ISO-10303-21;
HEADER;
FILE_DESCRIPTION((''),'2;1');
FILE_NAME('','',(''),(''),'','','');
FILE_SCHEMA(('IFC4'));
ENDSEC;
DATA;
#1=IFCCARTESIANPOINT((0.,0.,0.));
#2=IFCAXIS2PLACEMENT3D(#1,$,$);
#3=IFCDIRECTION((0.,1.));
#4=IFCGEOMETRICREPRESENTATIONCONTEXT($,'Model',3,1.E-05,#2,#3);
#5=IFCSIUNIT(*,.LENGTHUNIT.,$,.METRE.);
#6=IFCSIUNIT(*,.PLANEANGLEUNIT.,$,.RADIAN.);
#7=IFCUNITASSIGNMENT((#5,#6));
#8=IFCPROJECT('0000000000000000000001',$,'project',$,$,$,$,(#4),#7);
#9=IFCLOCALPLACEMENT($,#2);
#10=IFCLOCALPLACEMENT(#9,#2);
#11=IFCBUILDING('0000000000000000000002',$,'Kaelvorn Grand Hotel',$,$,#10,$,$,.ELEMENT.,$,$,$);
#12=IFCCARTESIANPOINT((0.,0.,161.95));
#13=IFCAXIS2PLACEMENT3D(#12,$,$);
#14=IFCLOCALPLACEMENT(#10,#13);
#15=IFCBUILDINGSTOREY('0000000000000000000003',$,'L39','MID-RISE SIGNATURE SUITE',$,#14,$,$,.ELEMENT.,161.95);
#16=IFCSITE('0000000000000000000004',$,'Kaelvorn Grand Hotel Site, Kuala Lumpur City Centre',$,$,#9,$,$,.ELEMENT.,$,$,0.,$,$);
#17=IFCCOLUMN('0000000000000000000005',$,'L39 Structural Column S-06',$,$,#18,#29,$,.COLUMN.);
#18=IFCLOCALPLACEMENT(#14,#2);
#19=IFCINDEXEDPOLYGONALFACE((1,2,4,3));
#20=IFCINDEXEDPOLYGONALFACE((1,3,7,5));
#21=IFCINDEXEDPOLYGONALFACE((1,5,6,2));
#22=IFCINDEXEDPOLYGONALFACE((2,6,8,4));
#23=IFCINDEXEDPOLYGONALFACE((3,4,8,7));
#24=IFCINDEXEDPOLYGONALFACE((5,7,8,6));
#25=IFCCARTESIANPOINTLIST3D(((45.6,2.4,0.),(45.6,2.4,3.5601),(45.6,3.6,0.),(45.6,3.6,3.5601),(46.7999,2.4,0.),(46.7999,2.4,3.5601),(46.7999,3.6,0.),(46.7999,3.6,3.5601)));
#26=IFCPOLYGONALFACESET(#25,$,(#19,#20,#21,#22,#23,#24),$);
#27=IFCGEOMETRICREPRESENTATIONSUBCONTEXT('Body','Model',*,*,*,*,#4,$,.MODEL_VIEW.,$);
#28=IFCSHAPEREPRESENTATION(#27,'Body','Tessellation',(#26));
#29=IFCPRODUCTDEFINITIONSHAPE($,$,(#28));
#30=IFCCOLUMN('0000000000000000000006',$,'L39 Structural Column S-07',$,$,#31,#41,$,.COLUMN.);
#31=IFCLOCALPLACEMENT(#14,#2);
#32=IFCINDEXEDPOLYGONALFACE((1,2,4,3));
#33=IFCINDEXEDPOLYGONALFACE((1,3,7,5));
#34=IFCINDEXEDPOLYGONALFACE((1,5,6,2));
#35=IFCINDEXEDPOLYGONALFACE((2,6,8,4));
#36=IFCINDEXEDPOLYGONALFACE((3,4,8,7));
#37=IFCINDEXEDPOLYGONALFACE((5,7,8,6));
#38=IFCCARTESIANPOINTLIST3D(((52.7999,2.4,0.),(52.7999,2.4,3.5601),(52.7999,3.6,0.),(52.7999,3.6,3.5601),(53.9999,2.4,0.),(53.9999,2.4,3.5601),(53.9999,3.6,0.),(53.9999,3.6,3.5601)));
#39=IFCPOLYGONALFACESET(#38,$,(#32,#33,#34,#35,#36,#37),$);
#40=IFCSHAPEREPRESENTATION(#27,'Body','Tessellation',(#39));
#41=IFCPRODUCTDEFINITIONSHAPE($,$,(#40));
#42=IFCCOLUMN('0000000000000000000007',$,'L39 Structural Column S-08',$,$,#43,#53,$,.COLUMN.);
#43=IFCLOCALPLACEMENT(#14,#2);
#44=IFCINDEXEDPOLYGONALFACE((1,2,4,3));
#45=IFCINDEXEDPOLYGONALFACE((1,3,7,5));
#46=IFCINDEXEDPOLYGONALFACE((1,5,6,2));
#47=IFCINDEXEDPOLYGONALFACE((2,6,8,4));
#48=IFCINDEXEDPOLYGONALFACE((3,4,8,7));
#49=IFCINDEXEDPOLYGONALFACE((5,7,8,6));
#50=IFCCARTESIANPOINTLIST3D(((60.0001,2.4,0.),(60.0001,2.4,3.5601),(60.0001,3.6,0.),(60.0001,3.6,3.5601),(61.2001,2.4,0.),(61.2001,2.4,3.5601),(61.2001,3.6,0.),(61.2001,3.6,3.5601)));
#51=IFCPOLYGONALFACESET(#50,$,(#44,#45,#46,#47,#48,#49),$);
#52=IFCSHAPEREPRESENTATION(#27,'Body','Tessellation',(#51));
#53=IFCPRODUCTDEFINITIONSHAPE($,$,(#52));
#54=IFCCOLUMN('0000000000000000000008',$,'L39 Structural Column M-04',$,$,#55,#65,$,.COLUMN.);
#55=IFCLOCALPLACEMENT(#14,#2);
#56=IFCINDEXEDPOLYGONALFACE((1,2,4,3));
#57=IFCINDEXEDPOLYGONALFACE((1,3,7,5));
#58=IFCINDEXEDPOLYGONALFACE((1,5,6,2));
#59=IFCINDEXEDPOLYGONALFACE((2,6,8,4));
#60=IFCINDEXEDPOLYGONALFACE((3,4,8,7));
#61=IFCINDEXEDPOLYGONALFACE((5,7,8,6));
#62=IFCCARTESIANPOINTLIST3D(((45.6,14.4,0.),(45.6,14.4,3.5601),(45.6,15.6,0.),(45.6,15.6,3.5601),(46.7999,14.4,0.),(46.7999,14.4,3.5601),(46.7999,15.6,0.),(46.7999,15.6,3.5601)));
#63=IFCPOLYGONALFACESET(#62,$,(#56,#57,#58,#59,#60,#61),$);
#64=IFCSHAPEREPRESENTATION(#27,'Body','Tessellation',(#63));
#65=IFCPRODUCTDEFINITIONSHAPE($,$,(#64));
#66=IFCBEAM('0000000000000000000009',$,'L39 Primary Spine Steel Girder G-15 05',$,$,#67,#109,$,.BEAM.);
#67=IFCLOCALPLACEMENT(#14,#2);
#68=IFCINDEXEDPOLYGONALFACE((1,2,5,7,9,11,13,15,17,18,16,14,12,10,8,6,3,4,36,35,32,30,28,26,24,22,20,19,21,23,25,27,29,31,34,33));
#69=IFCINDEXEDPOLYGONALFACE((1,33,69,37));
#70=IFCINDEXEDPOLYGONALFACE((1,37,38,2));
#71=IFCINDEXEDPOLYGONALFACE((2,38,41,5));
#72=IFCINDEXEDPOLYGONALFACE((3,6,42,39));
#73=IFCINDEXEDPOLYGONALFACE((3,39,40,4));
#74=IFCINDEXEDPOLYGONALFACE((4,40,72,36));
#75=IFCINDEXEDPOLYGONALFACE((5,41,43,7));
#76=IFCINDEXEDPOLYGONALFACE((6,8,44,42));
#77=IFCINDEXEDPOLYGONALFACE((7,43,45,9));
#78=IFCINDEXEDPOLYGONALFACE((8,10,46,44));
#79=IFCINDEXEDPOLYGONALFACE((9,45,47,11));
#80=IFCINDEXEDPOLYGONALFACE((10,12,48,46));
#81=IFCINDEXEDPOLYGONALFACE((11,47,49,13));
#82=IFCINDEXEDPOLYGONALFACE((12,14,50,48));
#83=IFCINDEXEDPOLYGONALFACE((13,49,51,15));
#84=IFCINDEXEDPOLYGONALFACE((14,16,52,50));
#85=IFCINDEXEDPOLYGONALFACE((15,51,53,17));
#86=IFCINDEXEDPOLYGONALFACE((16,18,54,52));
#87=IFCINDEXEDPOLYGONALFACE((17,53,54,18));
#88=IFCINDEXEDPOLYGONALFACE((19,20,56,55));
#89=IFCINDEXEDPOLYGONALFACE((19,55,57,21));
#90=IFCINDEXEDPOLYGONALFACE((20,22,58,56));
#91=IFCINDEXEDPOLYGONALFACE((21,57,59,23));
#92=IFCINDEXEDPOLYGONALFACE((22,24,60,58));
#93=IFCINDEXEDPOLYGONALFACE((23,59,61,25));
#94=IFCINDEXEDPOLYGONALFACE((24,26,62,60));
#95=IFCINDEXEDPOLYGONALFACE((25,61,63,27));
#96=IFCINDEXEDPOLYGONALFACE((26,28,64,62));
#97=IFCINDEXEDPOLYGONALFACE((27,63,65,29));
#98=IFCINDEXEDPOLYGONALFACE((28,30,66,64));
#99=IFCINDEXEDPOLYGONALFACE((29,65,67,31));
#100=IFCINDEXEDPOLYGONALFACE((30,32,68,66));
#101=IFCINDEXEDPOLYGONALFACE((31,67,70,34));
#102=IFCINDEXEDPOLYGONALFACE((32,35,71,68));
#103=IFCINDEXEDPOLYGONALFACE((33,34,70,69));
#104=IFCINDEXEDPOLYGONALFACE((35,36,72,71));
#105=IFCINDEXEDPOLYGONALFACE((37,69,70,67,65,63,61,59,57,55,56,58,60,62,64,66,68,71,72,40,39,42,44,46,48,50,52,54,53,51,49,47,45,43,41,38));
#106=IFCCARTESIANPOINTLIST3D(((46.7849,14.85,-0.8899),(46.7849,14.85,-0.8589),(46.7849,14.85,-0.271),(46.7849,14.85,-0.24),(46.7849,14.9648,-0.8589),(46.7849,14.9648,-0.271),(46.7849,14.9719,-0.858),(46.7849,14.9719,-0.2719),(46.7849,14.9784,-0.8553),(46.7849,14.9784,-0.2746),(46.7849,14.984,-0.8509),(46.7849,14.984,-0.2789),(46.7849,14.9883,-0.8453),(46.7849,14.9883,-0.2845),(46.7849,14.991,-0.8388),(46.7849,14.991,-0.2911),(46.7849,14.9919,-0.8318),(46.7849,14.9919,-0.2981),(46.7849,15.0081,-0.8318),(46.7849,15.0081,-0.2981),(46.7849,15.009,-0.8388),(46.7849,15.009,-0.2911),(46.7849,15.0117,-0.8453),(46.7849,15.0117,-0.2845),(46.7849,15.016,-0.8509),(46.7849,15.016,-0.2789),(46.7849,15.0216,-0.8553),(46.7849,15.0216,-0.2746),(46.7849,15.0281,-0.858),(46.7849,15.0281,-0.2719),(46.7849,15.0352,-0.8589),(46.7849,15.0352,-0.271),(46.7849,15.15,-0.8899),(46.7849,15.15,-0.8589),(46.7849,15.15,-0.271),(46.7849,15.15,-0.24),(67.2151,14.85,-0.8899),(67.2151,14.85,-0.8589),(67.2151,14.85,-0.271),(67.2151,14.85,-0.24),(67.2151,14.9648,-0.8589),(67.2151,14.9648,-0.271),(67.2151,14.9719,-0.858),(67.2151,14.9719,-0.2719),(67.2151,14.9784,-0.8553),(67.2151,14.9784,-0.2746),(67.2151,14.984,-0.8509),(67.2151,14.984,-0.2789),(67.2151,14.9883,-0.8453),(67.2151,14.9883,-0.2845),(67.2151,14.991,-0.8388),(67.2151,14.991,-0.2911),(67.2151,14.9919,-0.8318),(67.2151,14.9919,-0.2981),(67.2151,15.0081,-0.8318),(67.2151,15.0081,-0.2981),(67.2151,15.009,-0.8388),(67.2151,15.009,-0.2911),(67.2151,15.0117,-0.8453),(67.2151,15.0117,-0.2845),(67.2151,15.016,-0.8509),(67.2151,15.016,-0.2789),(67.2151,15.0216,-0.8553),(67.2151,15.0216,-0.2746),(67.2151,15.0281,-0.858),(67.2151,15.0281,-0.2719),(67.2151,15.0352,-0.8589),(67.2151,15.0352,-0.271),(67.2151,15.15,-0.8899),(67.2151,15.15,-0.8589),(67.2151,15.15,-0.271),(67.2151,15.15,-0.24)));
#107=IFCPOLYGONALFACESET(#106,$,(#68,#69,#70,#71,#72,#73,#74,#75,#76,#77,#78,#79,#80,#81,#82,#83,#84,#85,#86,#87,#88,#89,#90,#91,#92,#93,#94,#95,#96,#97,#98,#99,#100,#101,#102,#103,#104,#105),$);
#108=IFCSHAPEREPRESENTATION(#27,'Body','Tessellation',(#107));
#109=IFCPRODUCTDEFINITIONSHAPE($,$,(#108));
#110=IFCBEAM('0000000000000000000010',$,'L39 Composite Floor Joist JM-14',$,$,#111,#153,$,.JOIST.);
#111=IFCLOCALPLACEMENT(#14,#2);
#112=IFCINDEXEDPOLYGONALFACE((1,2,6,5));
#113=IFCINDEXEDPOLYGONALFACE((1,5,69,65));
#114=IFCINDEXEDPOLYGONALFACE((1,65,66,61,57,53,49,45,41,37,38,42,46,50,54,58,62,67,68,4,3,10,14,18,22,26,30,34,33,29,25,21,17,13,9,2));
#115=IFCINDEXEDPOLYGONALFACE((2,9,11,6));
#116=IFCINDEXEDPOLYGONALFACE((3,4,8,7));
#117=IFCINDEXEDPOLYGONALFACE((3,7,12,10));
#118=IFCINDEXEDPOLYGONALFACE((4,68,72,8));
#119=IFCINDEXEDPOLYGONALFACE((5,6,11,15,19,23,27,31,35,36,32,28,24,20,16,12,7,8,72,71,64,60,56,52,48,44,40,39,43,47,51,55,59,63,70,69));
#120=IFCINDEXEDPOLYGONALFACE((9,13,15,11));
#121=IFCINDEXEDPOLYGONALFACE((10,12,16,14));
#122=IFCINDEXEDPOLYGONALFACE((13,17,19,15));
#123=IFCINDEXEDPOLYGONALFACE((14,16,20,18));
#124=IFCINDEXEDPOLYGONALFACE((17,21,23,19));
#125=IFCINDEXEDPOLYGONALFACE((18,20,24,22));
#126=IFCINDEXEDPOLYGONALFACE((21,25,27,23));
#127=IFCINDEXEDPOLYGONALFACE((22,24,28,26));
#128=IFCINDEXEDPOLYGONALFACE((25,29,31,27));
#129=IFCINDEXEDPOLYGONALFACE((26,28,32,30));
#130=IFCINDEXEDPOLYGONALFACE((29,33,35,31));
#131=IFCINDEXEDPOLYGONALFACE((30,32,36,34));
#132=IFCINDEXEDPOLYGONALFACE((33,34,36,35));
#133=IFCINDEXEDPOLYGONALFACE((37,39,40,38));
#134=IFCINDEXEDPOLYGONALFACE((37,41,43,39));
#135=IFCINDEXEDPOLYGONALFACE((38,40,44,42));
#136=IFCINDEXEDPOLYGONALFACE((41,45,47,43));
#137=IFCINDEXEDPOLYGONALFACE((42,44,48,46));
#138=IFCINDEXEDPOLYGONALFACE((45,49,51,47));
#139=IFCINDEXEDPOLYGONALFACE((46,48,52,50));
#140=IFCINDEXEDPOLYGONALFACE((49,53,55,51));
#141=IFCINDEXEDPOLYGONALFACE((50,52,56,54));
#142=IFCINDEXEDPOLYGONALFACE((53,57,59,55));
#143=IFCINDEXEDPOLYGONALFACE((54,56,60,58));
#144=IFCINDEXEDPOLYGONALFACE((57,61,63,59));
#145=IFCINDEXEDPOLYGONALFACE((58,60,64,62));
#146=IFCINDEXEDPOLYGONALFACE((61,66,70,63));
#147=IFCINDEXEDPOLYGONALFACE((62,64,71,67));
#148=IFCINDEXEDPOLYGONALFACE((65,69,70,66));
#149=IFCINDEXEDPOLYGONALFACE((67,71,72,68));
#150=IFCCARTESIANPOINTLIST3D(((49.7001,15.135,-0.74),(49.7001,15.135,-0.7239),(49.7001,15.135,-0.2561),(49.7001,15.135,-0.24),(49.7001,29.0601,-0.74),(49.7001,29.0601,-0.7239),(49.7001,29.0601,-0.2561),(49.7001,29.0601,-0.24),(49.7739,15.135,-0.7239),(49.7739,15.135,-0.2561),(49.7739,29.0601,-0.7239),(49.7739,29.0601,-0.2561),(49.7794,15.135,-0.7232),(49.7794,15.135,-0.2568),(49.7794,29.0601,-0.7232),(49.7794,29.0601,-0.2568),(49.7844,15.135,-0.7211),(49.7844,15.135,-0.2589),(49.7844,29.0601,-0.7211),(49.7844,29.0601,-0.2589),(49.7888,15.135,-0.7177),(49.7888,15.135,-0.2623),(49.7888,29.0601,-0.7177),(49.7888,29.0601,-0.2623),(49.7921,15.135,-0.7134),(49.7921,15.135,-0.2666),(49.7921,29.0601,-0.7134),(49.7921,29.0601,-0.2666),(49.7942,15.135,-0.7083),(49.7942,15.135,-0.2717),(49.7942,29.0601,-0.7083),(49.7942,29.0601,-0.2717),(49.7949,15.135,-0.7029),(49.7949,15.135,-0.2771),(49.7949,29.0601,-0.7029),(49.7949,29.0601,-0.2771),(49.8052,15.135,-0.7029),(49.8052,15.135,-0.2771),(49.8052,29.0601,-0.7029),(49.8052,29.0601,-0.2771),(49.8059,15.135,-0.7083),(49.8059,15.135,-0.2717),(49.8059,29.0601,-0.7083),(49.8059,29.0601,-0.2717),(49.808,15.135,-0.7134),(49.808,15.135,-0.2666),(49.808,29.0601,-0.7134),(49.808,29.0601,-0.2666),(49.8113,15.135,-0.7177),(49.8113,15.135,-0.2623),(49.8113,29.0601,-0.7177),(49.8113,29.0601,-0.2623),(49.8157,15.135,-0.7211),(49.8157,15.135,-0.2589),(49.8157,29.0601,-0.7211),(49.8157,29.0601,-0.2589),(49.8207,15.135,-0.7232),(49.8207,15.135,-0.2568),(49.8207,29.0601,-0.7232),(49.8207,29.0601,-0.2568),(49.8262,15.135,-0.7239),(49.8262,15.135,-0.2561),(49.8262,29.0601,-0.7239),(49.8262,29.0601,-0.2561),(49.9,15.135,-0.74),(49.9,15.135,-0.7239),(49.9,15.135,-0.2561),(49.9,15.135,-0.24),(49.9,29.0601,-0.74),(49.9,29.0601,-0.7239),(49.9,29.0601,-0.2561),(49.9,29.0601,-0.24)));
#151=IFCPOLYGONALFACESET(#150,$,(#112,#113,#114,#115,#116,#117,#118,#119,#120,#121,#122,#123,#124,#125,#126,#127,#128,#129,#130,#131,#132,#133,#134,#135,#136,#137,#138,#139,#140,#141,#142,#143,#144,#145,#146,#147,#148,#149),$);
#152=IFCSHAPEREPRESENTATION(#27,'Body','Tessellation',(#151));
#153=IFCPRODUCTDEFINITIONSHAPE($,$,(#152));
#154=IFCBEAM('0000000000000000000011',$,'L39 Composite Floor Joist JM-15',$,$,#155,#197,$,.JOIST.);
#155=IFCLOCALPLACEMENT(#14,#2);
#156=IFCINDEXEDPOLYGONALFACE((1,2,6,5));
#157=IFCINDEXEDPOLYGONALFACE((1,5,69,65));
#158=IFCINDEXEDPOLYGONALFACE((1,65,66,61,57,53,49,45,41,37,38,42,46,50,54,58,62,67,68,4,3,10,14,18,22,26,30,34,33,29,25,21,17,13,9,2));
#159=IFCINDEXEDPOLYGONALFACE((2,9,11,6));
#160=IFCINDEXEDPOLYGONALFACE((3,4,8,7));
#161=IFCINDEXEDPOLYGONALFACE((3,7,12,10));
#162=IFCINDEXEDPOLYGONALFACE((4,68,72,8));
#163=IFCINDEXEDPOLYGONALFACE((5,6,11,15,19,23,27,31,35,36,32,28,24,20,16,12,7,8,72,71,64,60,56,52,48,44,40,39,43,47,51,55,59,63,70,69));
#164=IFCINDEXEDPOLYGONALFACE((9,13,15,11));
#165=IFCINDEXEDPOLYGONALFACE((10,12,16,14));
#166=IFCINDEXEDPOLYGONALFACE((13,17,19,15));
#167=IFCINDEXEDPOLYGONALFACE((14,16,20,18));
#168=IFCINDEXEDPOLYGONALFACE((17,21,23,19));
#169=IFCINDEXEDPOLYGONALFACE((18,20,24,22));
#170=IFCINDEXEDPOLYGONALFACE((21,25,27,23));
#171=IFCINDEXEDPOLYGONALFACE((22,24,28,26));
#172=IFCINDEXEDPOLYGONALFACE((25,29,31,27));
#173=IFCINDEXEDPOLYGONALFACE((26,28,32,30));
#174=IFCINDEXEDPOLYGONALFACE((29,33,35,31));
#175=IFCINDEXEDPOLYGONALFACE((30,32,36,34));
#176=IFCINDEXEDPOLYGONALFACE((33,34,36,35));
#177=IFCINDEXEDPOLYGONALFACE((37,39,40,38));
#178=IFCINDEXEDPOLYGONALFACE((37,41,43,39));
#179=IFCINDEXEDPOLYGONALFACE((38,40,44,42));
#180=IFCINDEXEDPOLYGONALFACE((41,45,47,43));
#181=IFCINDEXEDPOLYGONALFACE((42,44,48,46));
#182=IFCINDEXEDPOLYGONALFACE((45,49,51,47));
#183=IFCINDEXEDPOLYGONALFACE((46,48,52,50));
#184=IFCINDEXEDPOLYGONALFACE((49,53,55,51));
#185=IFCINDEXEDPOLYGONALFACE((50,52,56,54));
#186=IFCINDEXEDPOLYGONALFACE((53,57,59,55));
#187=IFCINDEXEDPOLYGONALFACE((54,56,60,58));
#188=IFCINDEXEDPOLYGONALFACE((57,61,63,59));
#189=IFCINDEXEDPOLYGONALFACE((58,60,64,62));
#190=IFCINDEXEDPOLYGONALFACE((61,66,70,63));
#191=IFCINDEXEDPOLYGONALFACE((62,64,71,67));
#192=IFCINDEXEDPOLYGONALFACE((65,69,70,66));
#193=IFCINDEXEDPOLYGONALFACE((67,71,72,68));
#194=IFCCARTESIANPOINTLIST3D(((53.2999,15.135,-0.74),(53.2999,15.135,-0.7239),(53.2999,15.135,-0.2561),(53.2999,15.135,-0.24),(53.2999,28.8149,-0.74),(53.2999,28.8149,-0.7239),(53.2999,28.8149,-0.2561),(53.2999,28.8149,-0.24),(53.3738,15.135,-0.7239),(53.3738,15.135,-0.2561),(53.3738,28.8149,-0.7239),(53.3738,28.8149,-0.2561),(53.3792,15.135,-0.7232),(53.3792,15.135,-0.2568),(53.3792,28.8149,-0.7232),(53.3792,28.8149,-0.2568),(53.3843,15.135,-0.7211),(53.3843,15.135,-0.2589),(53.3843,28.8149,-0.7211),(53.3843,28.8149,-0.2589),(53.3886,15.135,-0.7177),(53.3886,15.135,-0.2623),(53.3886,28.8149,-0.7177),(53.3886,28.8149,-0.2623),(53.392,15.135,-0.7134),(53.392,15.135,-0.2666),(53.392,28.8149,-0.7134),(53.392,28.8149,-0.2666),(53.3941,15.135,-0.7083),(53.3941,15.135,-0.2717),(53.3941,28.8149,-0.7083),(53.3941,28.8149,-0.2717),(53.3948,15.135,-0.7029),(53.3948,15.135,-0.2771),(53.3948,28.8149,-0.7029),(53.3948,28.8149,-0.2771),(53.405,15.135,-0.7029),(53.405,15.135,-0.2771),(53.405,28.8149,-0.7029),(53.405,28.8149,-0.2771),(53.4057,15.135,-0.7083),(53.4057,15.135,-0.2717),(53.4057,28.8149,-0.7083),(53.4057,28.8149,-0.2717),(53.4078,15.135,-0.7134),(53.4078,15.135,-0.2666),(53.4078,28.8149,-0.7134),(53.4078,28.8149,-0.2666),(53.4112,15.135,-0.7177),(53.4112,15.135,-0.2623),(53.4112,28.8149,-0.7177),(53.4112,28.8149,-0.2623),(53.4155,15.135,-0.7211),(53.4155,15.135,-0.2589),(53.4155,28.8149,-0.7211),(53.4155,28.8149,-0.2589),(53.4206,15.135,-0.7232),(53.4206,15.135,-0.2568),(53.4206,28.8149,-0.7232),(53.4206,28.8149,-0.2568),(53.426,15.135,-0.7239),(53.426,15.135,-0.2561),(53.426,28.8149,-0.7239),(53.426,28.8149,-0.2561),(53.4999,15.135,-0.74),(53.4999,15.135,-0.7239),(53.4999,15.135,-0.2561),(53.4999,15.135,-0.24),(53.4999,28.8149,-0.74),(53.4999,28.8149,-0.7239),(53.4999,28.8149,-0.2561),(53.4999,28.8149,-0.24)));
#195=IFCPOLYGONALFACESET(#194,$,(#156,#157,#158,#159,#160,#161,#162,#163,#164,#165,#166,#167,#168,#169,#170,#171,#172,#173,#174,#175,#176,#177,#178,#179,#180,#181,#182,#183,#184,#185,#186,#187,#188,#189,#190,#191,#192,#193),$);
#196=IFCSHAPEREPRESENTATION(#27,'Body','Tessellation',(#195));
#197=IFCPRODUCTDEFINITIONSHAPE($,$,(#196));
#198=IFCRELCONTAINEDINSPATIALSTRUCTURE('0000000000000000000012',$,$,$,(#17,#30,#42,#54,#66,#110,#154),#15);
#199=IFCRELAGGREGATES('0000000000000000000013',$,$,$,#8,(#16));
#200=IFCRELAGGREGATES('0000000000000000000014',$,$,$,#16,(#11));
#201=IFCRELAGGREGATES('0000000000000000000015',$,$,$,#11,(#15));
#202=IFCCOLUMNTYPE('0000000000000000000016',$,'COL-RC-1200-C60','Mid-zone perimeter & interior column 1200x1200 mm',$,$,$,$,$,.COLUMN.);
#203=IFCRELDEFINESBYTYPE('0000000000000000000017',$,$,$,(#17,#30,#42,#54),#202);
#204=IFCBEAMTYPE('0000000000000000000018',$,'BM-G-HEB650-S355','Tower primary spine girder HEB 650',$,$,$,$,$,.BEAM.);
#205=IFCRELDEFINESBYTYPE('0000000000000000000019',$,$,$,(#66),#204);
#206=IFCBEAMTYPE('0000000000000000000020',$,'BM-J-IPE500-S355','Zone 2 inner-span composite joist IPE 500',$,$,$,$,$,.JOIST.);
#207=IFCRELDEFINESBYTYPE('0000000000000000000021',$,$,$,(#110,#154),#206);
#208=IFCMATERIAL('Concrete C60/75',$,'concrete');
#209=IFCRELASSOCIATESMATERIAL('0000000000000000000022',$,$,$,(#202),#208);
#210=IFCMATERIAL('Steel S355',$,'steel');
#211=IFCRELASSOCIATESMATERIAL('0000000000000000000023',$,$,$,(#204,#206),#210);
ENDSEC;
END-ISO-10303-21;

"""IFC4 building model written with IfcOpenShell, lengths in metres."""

from ifc_helpers import new_model, si_unit, direction, frame, origin, origin_2d, place, context, subcontext, project, spatial, rectangle, i_section, extrude, material, material_profile, profile_set, type_object, element, save


model = new_model("IFC4")

# Units and contexts
model_context = context("Model", 3, precision=1e-05, world=origin(), true_north=direction((0.0, 1.0)))
body_context = subcontext(model_context, "Body", "Model", "MODEL_VIEW")
ifc_project = project(units=[si_unit("LENGTHUNIT", "METRE"), si_unit("PLANEANGLEUNIT", "RADIAN")], contexts=[model_context])

# Site, building, storey
site_placement = place(None, origin())
site = spatial("IfcSite", under=ifc_project, at=site_placement, Name="Kaelvorn Grand Hotel Site, Kuala Lumpur City Centre", CompositionType="ELEMENT", RefElevation=0.0)
building_placement = place(site_placement, origin())
building = spatial("IfcBuilding", under=site, at=building_placement, Name="Kaelvorn Grand Hotel", CompositionType="ELEMENT")
storey_placement = place(building_placement, frame((0.0, 0.0, 161.95)))
storey = spatial("IfcBuildingStorey", under=building, at=storey_placement, Name="L39", Description="MID-RISE SIGNATURE SUITE", CompositionType="ELEMENT", Elevation=161.95)

# Columns
ifc_material_1 = material(Name="Concrete C60/75", Category="concrete")
ifc_material_profile_1 = material_profile(ifc_material_1, rectangle(XDim=1.2, YDim=1.2, at=origin_2d()), Name="RC COL 1200x1200")
ifc_profile_set_1 = profile_set([ifc_material_profile_1], Name="Concrete C60/75")
column_type = type_object("IfcColumnType", Name="COL-RC-1200-C60", Description="Mid-zone perimeter & interior column 1200x1200 mm", PredefinedType="COLUMN", material=ifc_profile_set_1)
for number, where, z_axis, x_axis, name in (
    (1, (46.2, 3.0, 0.0), (0.0, 0.0, 1.0), (1.0, 0.0, 0.0), "L39 Structural Column S-06"),
    (2, (53.3999, 3.0, 0.0), (0.0, 0.0, 1.0), (1.0, 0.0, 0.0), "L39 Structural Column S-07"),
    (3, (60.6001, 3.0, 0.0), (0.0, 0.0, 1.0), (1.0, 0.0, 0.0), "L39 Structural Column S-08"),
    (4, (46.2, 15.0, 0.0), (0.0, 0.0, 1.0), (1.0, 0.0, 0.0), "L39 Structural Column M-04"),
):
    element("IfcColumn", number, at=place(storey_placement, frame(where, z_axis=z_axis, x_axis=x_axis)), inside=storey, type_object=column_type, Name=name, PredefinedType="COLUMN", context=body_context, shape_type="SweptSolid", body=[
        extrude(rectangle(XDim=1.2, YDim=1.2, at=origin_2d()), origin(), (0.0, 0.0, 1.0), 3.5601),
    ])

# Beams
ifc_material_2 = material(Name="Steel S355", Category="steel")
ifc_material_profile_2 = material_profile(ifc_material_2, i_section(OverallWidth=0.3, OverallDepth=0.6499, WebThickness=0.0161, FlangeThickness=0.031, FilletRadius=0.0271, at=origin_2d()), Name="HEB 650")
ifc_profile_set_2 = profile_set([ifc_material_profile_2], Name="Steel S355")
beam_type_1 = type_object("IfcBeamType", Name="BM-G-HEB650-S355", Description="Tower primary spine girder HEB 650", PredefinedType="BEAM", material=ifc_profile_set_2)
beam_1_placement = place(storey_placement, frame((46.7849, 15.0, -0.5649), z_axis=(1.0, 0.0, 0.0), x_axis=(0.0, 1.0, 0.0)))
element("IfcBeam", 5, at=beam_1_placement, inside=storey, type_object=beam_type_1, Name="L39 Primary Spine Steel Girder G-15 05", PredefinedType="BEAM", context=body_context, shape_type="SweptSolid", body=[
    extrude(i_section(OverallWidth=0.3, OverallDepth=0.6499, WebThickness=0.0161, FlangeThickness=0.031, FilletRadius=0.0271, at=origin_2d()), origin(), (0.0, 0.0, 1.0), 20.4302),
])
ifc_material_profile_3 = material_profile(ifc_material_2, i_section(OverallWidth=0.2, OverallDepth=0.5, WebThickness=0.0103, FlangeThickness=0.0161, FilletRadius=0.021, at=origin_2d()), Name="IPE 500")
ifc_profile_set_3 = profile_set([ifc_material_profile_3], Name="Steel S355")
beam_type_2 = type_object("IfcBeamType", Name="BM-J-IPE500-S355", Description="Zone 2 inner-span composite joist IPE 500", PredefinedType="JOIST", material=ifc_profile_set_3)
beam_2_placement = place(storey_placement, frame((49.8, 15.135, -0.49), z_axis=(0.0, 1.0, 0.0), x_axis=(-1.0, 0.0, 0.0)))
element("IfcBeam", 6, at=beam_2_placement, inside=storey, type_object=beam_type_2, Name="L39 Composite Floor Joist JM-14", PredefinedType="JOIST", context=body_context, shape_type="SweptSolid", body=[
    extrude(i_section(OverallWidth=0.2, OverallDepth=0.5, WebThickness=0.0103, FlangeThickness=0.0161, FilletRadius=0.021, at=origin_2d()), origin(), (0.0, 0.0, 1.0), 13.925),
])
beam_3_placement = place(storey_placement, frame((53.3999, 15.135, -0.49), z_axis=(0.0, 1.0, 0.0), x_axis=(-1.0, 0.0, 0.0)))
element("IfcBeam", 7, at=beam_3_placement, inside=storey, type_object=beam_type_2, Name="L39 Composite Floor Joist JM-15", PredefinedType="JOIST", context=body_context, shape_type="SweptSolid", body=[
    extrude(i_section(OverallWidth=0.2, OverallDepth=0.5, WebThickness=0.0103, FlangeThickness=0.0161, FilletRadius=0.021, at=origin_2d()), origin(), (0.0, 0.0, 1.0), 13.6799),
])

save(model, "model.ifc")
